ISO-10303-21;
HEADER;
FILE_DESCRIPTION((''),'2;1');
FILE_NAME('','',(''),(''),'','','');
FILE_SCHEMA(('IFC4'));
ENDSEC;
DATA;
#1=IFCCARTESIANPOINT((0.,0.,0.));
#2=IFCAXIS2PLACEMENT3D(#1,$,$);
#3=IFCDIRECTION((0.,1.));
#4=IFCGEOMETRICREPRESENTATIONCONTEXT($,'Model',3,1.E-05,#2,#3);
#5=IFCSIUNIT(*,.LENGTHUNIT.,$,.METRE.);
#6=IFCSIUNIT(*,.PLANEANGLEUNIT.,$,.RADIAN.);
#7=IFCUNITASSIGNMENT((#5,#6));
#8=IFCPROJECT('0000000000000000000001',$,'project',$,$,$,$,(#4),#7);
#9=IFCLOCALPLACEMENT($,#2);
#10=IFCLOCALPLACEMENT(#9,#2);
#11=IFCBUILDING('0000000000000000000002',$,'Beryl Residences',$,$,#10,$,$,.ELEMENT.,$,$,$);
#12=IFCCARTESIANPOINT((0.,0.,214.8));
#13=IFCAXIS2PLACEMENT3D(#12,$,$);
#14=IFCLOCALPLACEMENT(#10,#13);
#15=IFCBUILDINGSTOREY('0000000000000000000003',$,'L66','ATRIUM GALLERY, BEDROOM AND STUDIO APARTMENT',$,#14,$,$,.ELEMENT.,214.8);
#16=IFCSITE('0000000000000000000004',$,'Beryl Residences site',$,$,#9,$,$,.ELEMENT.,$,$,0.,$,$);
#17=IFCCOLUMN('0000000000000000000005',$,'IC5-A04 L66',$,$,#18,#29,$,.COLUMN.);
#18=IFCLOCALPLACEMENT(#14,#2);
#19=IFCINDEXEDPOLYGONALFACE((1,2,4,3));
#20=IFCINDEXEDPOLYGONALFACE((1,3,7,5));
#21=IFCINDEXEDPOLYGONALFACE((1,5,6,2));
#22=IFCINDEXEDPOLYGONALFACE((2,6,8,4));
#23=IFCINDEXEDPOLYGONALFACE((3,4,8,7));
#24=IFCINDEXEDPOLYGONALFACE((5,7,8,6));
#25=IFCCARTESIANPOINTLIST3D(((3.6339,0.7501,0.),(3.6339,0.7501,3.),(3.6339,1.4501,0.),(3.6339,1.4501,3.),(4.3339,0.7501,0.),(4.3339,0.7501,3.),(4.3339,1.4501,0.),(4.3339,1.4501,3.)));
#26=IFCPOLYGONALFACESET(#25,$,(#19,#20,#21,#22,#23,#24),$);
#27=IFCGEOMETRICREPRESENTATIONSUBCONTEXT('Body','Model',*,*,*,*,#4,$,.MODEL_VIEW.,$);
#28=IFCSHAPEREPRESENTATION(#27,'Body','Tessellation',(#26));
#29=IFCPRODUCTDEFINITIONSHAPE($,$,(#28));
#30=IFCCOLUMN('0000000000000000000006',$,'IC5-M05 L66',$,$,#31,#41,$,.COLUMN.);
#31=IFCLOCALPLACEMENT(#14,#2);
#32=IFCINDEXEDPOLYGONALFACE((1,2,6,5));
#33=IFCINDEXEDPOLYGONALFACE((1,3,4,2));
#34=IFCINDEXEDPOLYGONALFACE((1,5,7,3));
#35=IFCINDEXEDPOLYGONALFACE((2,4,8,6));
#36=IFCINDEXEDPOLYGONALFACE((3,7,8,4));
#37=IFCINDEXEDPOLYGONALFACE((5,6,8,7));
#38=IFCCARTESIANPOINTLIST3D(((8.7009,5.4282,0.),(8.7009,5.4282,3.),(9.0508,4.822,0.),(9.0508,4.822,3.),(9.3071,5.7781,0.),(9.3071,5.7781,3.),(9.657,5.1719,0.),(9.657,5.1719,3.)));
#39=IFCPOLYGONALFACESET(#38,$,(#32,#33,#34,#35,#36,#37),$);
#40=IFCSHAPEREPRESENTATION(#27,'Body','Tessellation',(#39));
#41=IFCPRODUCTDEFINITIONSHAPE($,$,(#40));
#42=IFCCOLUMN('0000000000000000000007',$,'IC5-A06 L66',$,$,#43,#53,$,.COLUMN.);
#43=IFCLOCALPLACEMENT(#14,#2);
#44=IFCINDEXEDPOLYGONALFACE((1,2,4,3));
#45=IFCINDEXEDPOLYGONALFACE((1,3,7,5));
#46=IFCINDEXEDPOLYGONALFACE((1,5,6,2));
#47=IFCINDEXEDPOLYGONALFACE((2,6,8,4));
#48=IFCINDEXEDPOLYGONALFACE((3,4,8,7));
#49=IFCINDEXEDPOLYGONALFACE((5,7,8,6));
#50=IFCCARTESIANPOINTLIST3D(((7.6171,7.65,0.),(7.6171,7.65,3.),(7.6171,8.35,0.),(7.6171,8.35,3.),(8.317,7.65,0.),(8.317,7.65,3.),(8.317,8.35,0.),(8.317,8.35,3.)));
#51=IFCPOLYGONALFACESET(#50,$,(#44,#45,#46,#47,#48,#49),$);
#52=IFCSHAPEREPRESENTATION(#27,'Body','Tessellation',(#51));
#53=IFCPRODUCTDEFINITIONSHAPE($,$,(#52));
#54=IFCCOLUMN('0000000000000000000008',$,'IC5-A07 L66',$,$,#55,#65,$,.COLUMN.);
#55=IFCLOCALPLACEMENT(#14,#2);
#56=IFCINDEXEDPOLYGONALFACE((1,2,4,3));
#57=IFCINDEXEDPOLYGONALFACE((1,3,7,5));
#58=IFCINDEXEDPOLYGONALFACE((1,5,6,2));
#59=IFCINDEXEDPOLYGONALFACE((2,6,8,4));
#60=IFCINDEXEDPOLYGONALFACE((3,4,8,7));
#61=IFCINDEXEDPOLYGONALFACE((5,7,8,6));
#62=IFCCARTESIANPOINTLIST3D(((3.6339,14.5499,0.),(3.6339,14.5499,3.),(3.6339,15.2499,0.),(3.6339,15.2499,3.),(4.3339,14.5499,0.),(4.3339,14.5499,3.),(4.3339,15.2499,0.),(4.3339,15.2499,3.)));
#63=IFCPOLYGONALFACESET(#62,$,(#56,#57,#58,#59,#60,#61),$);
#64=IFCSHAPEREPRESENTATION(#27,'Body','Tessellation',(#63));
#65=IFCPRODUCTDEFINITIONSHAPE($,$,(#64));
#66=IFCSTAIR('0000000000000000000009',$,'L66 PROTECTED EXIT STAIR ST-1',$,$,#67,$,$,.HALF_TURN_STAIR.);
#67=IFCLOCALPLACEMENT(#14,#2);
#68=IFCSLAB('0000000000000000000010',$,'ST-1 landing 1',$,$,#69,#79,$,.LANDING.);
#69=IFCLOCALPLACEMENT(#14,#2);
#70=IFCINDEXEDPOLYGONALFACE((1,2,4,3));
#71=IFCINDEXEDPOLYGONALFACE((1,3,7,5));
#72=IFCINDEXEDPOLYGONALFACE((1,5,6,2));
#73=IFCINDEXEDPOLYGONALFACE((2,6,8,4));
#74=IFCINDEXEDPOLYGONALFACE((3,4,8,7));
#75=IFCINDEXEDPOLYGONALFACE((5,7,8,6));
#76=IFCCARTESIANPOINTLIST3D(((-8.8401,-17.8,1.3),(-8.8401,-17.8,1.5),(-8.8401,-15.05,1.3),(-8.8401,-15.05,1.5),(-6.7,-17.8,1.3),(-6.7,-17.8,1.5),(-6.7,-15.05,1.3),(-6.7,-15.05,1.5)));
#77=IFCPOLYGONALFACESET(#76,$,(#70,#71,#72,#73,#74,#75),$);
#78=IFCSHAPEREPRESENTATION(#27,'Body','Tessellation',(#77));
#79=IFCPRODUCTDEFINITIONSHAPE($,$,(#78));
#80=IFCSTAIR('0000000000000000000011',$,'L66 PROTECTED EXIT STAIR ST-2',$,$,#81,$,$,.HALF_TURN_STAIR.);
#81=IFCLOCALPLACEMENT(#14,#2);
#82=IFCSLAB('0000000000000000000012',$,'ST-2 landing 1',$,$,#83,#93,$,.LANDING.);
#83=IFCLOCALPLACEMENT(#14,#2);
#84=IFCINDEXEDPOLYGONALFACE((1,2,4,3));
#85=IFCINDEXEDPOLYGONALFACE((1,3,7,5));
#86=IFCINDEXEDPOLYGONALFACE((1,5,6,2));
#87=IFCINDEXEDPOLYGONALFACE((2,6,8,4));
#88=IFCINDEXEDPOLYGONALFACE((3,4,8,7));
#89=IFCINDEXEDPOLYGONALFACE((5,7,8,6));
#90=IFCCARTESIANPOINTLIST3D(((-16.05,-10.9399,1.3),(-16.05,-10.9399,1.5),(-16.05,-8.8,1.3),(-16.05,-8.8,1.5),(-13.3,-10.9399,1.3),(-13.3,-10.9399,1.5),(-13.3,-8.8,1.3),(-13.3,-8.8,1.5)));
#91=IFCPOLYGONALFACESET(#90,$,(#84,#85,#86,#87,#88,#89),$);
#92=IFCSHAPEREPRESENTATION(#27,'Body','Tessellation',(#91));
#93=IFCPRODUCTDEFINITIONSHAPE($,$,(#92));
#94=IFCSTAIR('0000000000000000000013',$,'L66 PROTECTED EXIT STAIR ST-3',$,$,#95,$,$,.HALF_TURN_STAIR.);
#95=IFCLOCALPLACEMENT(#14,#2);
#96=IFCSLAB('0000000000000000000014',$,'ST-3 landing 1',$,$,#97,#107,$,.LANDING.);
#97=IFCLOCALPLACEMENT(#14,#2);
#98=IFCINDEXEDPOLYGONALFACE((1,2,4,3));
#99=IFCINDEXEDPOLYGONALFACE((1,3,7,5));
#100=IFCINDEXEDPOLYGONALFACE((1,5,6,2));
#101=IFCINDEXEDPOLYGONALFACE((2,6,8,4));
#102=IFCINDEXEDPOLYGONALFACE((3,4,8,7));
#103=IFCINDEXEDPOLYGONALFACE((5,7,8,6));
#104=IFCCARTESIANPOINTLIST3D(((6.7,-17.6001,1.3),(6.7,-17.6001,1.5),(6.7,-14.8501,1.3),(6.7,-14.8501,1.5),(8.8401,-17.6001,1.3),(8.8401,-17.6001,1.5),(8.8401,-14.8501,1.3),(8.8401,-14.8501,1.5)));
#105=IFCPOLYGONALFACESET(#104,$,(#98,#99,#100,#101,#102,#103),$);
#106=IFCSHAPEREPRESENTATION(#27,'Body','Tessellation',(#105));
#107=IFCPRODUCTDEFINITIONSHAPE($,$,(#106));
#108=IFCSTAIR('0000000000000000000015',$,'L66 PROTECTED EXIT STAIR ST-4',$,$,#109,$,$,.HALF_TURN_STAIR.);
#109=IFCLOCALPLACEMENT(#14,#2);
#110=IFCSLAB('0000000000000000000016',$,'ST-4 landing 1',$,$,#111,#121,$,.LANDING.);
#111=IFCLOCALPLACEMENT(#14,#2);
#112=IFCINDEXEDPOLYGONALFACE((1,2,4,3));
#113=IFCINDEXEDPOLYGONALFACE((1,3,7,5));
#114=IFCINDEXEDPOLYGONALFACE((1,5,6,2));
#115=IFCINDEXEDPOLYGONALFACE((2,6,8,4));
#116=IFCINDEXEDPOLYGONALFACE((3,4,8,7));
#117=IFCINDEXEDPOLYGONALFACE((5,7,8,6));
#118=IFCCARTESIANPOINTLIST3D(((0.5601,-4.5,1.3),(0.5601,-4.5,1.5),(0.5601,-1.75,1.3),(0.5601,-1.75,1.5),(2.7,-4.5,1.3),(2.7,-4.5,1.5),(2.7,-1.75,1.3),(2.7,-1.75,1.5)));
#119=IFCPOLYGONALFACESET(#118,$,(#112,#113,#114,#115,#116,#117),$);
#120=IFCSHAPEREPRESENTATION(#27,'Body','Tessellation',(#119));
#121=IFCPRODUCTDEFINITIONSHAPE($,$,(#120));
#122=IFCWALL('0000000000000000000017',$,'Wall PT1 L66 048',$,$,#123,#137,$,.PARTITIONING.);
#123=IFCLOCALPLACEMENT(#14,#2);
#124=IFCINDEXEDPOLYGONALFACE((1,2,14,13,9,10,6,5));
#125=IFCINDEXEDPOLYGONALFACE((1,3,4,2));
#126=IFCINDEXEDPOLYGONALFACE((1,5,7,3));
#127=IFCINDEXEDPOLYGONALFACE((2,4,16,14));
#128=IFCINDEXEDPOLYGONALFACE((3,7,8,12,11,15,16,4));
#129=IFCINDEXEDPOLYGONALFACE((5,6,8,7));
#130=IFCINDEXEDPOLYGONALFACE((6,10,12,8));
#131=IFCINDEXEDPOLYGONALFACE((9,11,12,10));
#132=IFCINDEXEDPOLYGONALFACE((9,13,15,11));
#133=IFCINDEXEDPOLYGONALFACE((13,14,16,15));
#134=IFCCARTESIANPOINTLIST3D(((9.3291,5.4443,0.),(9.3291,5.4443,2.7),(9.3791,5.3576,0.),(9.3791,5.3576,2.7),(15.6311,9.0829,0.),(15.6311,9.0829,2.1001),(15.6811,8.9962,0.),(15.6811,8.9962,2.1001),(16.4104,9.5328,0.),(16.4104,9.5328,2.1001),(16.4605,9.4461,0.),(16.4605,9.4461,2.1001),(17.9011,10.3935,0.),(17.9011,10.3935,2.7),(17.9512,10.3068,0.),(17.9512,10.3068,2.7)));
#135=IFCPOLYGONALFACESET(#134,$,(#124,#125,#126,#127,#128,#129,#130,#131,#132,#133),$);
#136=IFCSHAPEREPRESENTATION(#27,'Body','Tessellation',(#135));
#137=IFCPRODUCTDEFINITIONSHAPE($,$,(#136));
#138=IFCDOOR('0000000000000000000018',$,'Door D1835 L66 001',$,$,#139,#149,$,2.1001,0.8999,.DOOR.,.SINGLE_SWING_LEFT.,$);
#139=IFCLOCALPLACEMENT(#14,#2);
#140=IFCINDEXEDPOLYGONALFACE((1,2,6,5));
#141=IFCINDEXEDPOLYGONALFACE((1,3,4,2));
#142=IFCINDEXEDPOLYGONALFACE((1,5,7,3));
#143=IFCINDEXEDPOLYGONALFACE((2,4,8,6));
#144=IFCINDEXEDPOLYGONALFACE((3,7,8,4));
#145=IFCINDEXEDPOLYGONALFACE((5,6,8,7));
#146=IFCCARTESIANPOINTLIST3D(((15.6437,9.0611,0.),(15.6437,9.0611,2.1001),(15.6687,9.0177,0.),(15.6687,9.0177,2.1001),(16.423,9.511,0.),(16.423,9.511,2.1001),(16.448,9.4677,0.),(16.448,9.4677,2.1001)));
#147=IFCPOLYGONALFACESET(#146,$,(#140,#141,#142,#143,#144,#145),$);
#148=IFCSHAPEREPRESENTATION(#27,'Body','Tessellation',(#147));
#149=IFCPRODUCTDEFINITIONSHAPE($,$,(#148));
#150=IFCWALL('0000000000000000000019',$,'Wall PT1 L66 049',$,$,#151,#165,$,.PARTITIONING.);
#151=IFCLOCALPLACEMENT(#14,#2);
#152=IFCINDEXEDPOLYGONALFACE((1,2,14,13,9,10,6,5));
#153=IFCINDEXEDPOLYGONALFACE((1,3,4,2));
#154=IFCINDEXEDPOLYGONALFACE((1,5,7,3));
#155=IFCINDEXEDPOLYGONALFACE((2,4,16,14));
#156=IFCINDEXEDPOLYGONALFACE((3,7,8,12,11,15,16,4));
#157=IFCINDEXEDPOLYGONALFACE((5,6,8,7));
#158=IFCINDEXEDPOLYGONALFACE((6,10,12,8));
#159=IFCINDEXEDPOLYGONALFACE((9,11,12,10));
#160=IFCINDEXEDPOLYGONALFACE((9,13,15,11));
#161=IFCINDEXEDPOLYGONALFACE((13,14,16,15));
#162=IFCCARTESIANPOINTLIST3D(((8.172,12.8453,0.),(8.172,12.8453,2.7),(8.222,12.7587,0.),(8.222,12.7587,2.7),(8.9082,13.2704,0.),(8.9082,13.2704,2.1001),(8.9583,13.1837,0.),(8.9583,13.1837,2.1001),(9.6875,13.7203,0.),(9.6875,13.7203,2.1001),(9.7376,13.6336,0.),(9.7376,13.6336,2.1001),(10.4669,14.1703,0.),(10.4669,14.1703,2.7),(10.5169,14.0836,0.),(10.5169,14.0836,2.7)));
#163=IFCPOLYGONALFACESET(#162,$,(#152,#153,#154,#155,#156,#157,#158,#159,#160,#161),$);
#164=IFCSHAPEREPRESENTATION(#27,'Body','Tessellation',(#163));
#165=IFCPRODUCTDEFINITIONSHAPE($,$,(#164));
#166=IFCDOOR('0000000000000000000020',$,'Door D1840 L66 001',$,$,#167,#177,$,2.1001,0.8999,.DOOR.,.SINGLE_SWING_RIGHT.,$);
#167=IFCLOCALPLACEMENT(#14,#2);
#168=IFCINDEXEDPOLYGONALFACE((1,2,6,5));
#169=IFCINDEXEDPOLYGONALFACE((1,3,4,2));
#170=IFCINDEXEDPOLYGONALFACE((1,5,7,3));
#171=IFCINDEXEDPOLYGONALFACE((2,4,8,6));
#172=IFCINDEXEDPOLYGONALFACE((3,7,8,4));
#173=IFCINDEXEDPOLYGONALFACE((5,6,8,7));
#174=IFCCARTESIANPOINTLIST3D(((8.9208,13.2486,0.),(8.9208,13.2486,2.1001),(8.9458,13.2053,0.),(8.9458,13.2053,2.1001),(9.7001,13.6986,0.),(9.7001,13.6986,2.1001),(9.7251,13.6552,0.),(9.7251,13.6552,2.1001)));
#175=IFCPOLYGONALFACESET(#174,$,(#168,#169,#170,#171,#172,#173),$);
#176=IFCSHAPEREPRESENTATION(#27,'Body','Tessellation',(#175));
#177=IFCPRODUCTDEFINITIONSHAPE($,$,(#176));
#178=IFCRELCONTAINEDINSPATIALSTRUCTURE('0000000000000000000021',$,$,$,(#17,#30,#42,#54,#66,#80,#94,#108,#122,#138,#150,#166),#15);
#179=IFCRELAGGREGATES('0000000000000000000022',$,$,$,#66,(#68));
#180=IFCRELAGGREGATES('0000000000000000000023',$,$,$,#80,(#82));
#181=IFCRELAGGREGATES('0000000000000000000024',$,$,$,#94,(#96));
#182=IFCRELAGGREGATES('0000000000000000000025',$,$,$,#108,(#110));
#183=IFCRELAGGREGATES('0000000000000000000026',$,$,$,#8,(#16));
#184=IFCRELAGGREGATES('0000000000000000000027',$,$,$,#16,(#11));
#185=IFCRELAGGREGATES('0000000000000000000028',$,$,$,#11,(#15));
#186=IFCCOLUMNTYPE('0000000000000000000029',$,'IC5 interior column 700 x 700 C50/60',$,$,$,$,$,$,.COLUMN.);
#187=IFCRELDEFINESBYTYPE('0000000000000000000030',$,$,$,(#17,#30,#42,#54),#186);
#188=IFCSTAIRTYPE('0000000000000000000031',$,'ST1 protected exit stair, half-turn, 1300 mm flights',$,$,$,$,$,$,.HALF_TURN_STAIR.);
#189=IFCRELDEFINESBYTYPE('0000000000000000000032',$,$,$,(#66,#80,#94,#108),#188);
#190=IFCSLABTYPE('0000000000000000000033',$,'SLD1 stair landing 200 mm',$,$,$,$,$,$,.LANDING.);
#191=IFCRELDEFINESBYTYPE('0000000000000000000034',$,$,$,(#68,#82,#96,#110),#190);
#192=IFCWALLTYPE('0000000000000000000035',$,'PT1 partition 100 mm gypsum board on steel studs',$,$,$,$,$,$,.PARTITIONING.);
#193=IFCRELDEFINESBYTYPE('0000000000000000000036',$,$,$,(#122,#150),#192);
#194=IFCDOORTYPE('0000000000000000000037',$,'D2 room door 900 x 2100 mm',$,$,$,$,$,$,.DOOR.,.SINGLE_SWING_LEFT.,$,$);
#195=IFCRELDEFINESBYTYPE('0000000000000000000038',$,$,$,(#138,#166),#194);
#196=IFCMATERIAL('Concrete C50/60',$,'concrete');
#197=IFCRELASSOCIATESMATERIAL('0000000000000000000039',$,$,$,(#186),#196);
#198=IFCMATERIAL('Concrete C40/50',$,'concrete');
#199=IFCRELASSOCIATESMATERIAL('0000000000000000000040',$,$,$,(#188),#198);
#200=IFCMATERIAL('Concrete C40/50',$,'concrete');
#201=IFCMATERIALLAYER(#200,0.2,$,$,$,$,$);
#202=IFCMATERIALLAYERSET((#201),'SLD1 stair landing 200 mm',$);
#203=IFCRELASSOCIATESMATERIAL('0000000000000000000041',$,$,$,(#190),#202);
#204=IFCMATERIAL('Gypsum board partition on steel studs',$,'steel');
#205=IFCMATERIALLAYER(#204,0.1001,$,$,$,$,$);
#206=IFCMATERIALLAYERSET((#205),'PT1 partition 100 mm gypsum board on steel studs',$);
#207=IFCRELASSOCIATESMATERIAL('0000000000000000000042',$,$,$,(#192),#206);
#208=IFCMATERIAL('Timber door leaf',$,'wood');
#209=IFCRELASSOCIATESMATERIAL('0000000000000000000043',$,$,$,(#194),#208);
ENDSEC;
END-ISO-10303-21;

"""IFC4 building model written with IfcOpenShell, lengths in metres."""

from ifc_helpers import new_model, si_unit, direction, frame, frame_2d, origin, origin_2d, place, context, subcontext, project, spatial, polyline, rectangle, outline, extrude, material, layer, layer_set, material_profile, profile_set, type_object, element, fill, aggregate, save


model = new_model("IFC4")

# Units and contexts
model_context = context("Model", 3, precision=1e-05, world=origin(), true_north=direction((0.0, 1.0)))
body_context = subcontext(model_context, "Body", "Model", "MODEL_VIEW")
ifc_project = project(units=[si_unit("LENGTHUNIT", "METRE"), si_unit("PLANEANGLEUNIT", "RADIAN")], contexts=[model_context])

# Site, building, storey
site_placement = place(None, origin())
site = spatial("IfcSite", under=ifc_project, at=site_placement, Name="Beryl Residences site", CompositionType="ELEMENT", RefElevation=0.0)
building_placement = place(site_placement, origin())
building = spatial("IfcBuilding", under=site, at=building_placement, Name="Beryl Residences", CompositionType="ELEMENT")
storey_placement = place(building_placement, frame((0.0, 0.0, 214.8)))
storey = spatial("IfcBuildingStorey", under=building, at=storey_placement, Name="L66", Description="ATRIUM GALLERY, BEDROOM AND STUDIO APARTMENT", CompositionType="ELEMENT", Elevation=214.8)

# Columns
ifc_material_1 = material(Name="Concrete C50/60", Category="concrete")
ifc_material_profile = material_profile(ifc_material_1, rectangle(XDim=0.7, YDim=0.7, at=origin_2d()))
ifc_profile_set = profile_set([ifc_material_profile], Name="Concrete C50/60")
column_type = type_object("IfcColumnType", Name="IC5 interior column 700 x 700 C50/60", PredefinedType="COLUMN", material=ifc_profile_set)
for number, where, z_axis, x_axis, name in (
    (1, (3.9839, 1.1001, 0.0), (0.0, 0.0, 1.0), (1.0, 0.0, 0.0), "IC5-A04 L66"),
    (2, (9.179, 5.3, 0.0), (0.0, 0.0, 1.0), (-0.49997, 0.866043, 0.0), "IC5-M05 L66"),
    (3, (7.967, 8.0, 0.0), (0.0, 0.0, 1.0), (1.0, 0.0, 0.0), "IC5-A06 L66"),
    (4, (3.9839, 14.8999, 0.0), (0.0, 0.0, 1.0), (1.0, 0.0, 0.0), "IC5-A07 L66"),
):
    element("IfcColumn", number, at=place(storey_placement, frame(where, z_axis=z_axis, x_axis=x_axis)), inside=storey, type_object=column_type, Name=name, PredefinedType="COLUMN", context=body_context, shape_type="SweptSolid", body=[
        extrude(rectangle(XDim=0.7, YDim=0.7, at=origin_2d()), origin(), (0.0, 0.0, 1.0), 3.0),
    ])

# Stairs, slabs
ifc_material_2 = material(Name="Concrete C40/50", Category="concrete")
stair_type = type_object("IfcStairType", Name="ST1 protected exit stair, half-turn, 1300 mm flights", PredefinedType="HALF_TURN_STAIR", material=ifc_material_2)
stair_1_placement = place(storey_placement, origin())
stair_1 = element("IfcStair", 5, at=stair_1_placement, inside=storey, type_object=stair_type, Name="L66 PROTECTED EXIT STAIR ST-1", PredefinedType="HALF_TURN_STAIR")
ifc_material_3 = material(Name="Concrete C40/50", Category="concrete")
ifc_layer_1 = layer(ifc_material_3, 0.2)
ifc_layer_set_1 = layer_set([ifc_layer_1], Name="SLD1 stair landing 200 mm")
slab_type_1 = type_object("IfcSlabType", Name="SLD1 stair landing 200 mm", PredefinedType="LANDING", material=ifc_layer_set_1)
slab_1_placement = place(storey_placement, frame((0.0, 0.0, 1.3)))
slab_1 = element("IfcSlab", 6, at=slab_1_placement, type_object=slab_type_1, Name="ST-1 landing 1", PredefinedType="LANDING", context=body_context, shape_type="SweptSolid", body=[
    extrude(outline(polyline([(-8.8401, -17.8), (-6.7, -17.8), (-6.7, -15.05), (-8.8401, -15.05), (-8.8401, -17.8)])), origin(), (0.0, 0.0, 1.0), 0.2),
])
aggregate(stair_1, [slab_1])
stair_2_placement = place(storey_placement, origin())
stair_2 = element("IfcStair", 7, at=stair_2_placement, inside=storey, type_object=stair_type, Name="L66 PROTECTED EXIT STAIR ST-2", PredefinedType="HALF_TURN_STAIR")
slab_2_placement = place(storey_placement, frame((0.0, 0.0, 1.3)))
slab_2 = element("IfcSlab", 8, at=slab_2_placement, type_object=slab_type_1, Name="ST-2 landing 1", PredefinedType="LANDING", context=body_context, shape_type="SweptSolid", body=[
    extrude(outline(polyline([(-13.3, -10.9399), (-13.3, -8.8), (-16.05, -8.8), (-16.05, -10.9399), (-13.3, -10.9399)])), origin(), (0.0, 0.0, 1.0), 0.2),
])
aggregate(stair_2, [slab_2])
stair_3_placement = place(storey_placement, origin())
stair_3 = element("IfcStair", 9, at=stair_3_placement, inside=storey, type_object=stair_type, Name="L66 PROTECTED EXIT STAIR ST-3", PredefinedType="HALF_TURN_STAIR")
slab_3_placement = place(storey_placement, frame((0.0, 0.0, 1.3)))
slab_3 = element("IfcSlab", 10, at=slab_3_placement, type_object=slab_type_1, Name="ST-3 landing 1", PredefinedType="LANDING", context=body_context, shape_type="SweptSolid", body=[
    extrude(outline(polyline([(8.8401, -14.8501), (6.7, -14.8501), (6.7, -17.6001), (8.8401, -17.6001), (8.8401, -14.8501)])), origin(), (0.0, 0.0, 1.0), 0.2),
])
aggregate(stair_3, [slab_3])
stair_4_placement = place(storey_placement, origin())
stair_4 = element("IfcStair", 11, at=stair_4_placement, inside=storey, type_object=stair_type, Name="L66 PROTECTED EXIT STAIR ST-4", PredefinedType="HALF_TURN_STAIR")
slab_4_placement = place(storey_placement, frame((0.0, 0.0, 1.3)))
slab_4 = element("IfcSlab", 12, at=slab_4_placement, type_object=slab_type_1, Name="ST-4 landing 1", PredefinedType="LANDING", context=body_context, shape_type="SweptSolid", body=[
    extrude(outline(polyline([(0.5601, -4.5), (2.7, -4.5), (2.7, -1.75), (0.5601, -1.75), (0.5601, -4.5)])), origin(), (0.0, 0.0, 1.0), 0.2),
])
aggregate(stair_4, [slab_4])

# Walls, openings, doors
ifc_material_4 = material(Name="Gypsum board partition on steel studs", Category="steel")
ifc_layer_2 = layer(ifc_material_4, 0.1001)
ifc_layer_set_2 = layer_set([ifc_layer_2], Name="PT1 partition 100 mm gypsum board on steel studs")
wall_type_1 = type_object("IfcWallType", Name="PT1 partition 100 mm gypsum board on steel studs", PredefinedType="PARTITIONING", material=ifc_layer_set_2)
wall_1_placement = place(storey_placement, frame((9.354, 5.4009, 0.0), z_axis=(0.0, 0.0, 1.0), x_axis=(0.866018, 0.500012, 0.0)))
wall_1 = element("IfcWall", 13, at=wall_1_placement, inside=storey, type_object=wall_type_1, Name="Wall PT1 L66 048", PredefinedType="PARTITIONING", context=body_context, shape_type="SweptSolid", body=[
    extrude(rectangle(XDim=9.8982, YDim=0.1001, at=frame_2d((4.9492, 0.0))), origin(), (0.0, 0.0, 1.0), 2.7),
])
opening_1_placement = place(wall_1_placement, frame((7.2771, 0.0, 0.0)))
opening_1 = element("IfcOpeningElement", 14, at=opening_1_placement, cuts=wall_1, PredefinedType="OPENING", context=body_context, shape_type="SweptSolid", body=[
    extrude(rectangle(XDim=0.8999, YDim=2.1001, at=frame_2d((0.45, 1.05))), frame((0.0, 0.0601, 0.0), z_axis=(0.0, -1.0, 0.0), x_axis=(1.0, 0.0, 0.0)), (0.0, 0.0, 1.0), 0.1201),
])
ifc_material_5 = material(Name="Timber door leaf", Category="wood")
door_type_1 = type_object("IfcDoorType", Name="D2 room door 900 x 2100 mm", OperationType="SINGLE_SWING_LEFT", PredefinedType="DOOR", material=ifc_material_5)
door_1_placement = place(opening_1_placement, origin())
door_1 = element("IfcDoor", 15, at=door_1_placement, inside=storey, type_object=door_type_1, Name="Door D1835 L66 001", OperationType="SINGLE_SWING_LEFT", OverallHeight=2.1001, OverallWidth=0.8999, PredefinedType="DOOR", context=body_context, shape_type="SweptSolid", body=[
    extrude(rectangle(XDim=0.8999, YDim=2.1001, at=frame_2d((0.45, 1.05))), frame((0.0, 0.0249, 0.0), z_axis=(0.0, -1.0, 0.0), x_axis=(1.0, 0.0, 0.0)), (0.0, 0.0, 1.0), 0.05),
])
fill(opening_1, door_1)
wall_2_placement = place(storey_placement, frame((8.197, 12.802, 0.0), z_axis=(0.0, 0.0, 1.0), x_axis=(0.866029, 0.499994, 0.0)))
wall_2 = element("IfcWall", 16, at=wall_2_placement, inside=storey, type_object=wall_type_1, Name="Wall PT1 L66 049", PredefinedType="PARTITIONING", context=body_context, shape_type="SweptSolid", body=[
    extrude(rectangle(XDim=2.6499, YDim=0.1001, at=frame_2d((1.325, 0.0))), origin(), (0.0, 0.0, 1.0), 2.7),
])
opening_2_placement = place(wall_2_placement, frame((0.8501, 0.0, 0.0)))
opening_2 = element("IfcOpeningElement", 17, at=opening_2_placement, cuts=wall_2, PredefinedType="OPENING", context=body_context, shape_type="SweptSolid", body=[
    extrude(rectangle(XDim=0.8999, YDim=2.1001, at=frame_2d((0.45, 1.05))), frame((0.0, 0.0601, 0.0), z_axis=(0.0, -1.0, 0.0), x_axis=(1.0, 0.0, 0.0)), (0.0, 0.0, 1.0), 0.1201),
])
door_2_placement = place(opening_2_placement, origin())
door_2 = element("IfcDoor", 18, at=door_2_placement, inside=storey, type_object=door_type_1, Name="Door D1840 L66 001", OperationType="SINGLE_SWING_RIGHT", OverallHeight=2.1001, OverallWidth=0.8999, PredefinedType="DOOR", context=body_context, shape_type="SweptSolid", body=[
    extrude(rectangle(XDim=0.8999, YDim=2.1001, at=frame_2d((0.45, 1.05))), frame((0.0, 0.0249, 0.0), z_axis=(0.0, -1.0, 0.0), x_axis=(1.0, 0.0, 0.0)), (0.0, 0.0, 1.0), 0.05),
])
fill(opening_2, door_2)

save(model, "model.ifc")
